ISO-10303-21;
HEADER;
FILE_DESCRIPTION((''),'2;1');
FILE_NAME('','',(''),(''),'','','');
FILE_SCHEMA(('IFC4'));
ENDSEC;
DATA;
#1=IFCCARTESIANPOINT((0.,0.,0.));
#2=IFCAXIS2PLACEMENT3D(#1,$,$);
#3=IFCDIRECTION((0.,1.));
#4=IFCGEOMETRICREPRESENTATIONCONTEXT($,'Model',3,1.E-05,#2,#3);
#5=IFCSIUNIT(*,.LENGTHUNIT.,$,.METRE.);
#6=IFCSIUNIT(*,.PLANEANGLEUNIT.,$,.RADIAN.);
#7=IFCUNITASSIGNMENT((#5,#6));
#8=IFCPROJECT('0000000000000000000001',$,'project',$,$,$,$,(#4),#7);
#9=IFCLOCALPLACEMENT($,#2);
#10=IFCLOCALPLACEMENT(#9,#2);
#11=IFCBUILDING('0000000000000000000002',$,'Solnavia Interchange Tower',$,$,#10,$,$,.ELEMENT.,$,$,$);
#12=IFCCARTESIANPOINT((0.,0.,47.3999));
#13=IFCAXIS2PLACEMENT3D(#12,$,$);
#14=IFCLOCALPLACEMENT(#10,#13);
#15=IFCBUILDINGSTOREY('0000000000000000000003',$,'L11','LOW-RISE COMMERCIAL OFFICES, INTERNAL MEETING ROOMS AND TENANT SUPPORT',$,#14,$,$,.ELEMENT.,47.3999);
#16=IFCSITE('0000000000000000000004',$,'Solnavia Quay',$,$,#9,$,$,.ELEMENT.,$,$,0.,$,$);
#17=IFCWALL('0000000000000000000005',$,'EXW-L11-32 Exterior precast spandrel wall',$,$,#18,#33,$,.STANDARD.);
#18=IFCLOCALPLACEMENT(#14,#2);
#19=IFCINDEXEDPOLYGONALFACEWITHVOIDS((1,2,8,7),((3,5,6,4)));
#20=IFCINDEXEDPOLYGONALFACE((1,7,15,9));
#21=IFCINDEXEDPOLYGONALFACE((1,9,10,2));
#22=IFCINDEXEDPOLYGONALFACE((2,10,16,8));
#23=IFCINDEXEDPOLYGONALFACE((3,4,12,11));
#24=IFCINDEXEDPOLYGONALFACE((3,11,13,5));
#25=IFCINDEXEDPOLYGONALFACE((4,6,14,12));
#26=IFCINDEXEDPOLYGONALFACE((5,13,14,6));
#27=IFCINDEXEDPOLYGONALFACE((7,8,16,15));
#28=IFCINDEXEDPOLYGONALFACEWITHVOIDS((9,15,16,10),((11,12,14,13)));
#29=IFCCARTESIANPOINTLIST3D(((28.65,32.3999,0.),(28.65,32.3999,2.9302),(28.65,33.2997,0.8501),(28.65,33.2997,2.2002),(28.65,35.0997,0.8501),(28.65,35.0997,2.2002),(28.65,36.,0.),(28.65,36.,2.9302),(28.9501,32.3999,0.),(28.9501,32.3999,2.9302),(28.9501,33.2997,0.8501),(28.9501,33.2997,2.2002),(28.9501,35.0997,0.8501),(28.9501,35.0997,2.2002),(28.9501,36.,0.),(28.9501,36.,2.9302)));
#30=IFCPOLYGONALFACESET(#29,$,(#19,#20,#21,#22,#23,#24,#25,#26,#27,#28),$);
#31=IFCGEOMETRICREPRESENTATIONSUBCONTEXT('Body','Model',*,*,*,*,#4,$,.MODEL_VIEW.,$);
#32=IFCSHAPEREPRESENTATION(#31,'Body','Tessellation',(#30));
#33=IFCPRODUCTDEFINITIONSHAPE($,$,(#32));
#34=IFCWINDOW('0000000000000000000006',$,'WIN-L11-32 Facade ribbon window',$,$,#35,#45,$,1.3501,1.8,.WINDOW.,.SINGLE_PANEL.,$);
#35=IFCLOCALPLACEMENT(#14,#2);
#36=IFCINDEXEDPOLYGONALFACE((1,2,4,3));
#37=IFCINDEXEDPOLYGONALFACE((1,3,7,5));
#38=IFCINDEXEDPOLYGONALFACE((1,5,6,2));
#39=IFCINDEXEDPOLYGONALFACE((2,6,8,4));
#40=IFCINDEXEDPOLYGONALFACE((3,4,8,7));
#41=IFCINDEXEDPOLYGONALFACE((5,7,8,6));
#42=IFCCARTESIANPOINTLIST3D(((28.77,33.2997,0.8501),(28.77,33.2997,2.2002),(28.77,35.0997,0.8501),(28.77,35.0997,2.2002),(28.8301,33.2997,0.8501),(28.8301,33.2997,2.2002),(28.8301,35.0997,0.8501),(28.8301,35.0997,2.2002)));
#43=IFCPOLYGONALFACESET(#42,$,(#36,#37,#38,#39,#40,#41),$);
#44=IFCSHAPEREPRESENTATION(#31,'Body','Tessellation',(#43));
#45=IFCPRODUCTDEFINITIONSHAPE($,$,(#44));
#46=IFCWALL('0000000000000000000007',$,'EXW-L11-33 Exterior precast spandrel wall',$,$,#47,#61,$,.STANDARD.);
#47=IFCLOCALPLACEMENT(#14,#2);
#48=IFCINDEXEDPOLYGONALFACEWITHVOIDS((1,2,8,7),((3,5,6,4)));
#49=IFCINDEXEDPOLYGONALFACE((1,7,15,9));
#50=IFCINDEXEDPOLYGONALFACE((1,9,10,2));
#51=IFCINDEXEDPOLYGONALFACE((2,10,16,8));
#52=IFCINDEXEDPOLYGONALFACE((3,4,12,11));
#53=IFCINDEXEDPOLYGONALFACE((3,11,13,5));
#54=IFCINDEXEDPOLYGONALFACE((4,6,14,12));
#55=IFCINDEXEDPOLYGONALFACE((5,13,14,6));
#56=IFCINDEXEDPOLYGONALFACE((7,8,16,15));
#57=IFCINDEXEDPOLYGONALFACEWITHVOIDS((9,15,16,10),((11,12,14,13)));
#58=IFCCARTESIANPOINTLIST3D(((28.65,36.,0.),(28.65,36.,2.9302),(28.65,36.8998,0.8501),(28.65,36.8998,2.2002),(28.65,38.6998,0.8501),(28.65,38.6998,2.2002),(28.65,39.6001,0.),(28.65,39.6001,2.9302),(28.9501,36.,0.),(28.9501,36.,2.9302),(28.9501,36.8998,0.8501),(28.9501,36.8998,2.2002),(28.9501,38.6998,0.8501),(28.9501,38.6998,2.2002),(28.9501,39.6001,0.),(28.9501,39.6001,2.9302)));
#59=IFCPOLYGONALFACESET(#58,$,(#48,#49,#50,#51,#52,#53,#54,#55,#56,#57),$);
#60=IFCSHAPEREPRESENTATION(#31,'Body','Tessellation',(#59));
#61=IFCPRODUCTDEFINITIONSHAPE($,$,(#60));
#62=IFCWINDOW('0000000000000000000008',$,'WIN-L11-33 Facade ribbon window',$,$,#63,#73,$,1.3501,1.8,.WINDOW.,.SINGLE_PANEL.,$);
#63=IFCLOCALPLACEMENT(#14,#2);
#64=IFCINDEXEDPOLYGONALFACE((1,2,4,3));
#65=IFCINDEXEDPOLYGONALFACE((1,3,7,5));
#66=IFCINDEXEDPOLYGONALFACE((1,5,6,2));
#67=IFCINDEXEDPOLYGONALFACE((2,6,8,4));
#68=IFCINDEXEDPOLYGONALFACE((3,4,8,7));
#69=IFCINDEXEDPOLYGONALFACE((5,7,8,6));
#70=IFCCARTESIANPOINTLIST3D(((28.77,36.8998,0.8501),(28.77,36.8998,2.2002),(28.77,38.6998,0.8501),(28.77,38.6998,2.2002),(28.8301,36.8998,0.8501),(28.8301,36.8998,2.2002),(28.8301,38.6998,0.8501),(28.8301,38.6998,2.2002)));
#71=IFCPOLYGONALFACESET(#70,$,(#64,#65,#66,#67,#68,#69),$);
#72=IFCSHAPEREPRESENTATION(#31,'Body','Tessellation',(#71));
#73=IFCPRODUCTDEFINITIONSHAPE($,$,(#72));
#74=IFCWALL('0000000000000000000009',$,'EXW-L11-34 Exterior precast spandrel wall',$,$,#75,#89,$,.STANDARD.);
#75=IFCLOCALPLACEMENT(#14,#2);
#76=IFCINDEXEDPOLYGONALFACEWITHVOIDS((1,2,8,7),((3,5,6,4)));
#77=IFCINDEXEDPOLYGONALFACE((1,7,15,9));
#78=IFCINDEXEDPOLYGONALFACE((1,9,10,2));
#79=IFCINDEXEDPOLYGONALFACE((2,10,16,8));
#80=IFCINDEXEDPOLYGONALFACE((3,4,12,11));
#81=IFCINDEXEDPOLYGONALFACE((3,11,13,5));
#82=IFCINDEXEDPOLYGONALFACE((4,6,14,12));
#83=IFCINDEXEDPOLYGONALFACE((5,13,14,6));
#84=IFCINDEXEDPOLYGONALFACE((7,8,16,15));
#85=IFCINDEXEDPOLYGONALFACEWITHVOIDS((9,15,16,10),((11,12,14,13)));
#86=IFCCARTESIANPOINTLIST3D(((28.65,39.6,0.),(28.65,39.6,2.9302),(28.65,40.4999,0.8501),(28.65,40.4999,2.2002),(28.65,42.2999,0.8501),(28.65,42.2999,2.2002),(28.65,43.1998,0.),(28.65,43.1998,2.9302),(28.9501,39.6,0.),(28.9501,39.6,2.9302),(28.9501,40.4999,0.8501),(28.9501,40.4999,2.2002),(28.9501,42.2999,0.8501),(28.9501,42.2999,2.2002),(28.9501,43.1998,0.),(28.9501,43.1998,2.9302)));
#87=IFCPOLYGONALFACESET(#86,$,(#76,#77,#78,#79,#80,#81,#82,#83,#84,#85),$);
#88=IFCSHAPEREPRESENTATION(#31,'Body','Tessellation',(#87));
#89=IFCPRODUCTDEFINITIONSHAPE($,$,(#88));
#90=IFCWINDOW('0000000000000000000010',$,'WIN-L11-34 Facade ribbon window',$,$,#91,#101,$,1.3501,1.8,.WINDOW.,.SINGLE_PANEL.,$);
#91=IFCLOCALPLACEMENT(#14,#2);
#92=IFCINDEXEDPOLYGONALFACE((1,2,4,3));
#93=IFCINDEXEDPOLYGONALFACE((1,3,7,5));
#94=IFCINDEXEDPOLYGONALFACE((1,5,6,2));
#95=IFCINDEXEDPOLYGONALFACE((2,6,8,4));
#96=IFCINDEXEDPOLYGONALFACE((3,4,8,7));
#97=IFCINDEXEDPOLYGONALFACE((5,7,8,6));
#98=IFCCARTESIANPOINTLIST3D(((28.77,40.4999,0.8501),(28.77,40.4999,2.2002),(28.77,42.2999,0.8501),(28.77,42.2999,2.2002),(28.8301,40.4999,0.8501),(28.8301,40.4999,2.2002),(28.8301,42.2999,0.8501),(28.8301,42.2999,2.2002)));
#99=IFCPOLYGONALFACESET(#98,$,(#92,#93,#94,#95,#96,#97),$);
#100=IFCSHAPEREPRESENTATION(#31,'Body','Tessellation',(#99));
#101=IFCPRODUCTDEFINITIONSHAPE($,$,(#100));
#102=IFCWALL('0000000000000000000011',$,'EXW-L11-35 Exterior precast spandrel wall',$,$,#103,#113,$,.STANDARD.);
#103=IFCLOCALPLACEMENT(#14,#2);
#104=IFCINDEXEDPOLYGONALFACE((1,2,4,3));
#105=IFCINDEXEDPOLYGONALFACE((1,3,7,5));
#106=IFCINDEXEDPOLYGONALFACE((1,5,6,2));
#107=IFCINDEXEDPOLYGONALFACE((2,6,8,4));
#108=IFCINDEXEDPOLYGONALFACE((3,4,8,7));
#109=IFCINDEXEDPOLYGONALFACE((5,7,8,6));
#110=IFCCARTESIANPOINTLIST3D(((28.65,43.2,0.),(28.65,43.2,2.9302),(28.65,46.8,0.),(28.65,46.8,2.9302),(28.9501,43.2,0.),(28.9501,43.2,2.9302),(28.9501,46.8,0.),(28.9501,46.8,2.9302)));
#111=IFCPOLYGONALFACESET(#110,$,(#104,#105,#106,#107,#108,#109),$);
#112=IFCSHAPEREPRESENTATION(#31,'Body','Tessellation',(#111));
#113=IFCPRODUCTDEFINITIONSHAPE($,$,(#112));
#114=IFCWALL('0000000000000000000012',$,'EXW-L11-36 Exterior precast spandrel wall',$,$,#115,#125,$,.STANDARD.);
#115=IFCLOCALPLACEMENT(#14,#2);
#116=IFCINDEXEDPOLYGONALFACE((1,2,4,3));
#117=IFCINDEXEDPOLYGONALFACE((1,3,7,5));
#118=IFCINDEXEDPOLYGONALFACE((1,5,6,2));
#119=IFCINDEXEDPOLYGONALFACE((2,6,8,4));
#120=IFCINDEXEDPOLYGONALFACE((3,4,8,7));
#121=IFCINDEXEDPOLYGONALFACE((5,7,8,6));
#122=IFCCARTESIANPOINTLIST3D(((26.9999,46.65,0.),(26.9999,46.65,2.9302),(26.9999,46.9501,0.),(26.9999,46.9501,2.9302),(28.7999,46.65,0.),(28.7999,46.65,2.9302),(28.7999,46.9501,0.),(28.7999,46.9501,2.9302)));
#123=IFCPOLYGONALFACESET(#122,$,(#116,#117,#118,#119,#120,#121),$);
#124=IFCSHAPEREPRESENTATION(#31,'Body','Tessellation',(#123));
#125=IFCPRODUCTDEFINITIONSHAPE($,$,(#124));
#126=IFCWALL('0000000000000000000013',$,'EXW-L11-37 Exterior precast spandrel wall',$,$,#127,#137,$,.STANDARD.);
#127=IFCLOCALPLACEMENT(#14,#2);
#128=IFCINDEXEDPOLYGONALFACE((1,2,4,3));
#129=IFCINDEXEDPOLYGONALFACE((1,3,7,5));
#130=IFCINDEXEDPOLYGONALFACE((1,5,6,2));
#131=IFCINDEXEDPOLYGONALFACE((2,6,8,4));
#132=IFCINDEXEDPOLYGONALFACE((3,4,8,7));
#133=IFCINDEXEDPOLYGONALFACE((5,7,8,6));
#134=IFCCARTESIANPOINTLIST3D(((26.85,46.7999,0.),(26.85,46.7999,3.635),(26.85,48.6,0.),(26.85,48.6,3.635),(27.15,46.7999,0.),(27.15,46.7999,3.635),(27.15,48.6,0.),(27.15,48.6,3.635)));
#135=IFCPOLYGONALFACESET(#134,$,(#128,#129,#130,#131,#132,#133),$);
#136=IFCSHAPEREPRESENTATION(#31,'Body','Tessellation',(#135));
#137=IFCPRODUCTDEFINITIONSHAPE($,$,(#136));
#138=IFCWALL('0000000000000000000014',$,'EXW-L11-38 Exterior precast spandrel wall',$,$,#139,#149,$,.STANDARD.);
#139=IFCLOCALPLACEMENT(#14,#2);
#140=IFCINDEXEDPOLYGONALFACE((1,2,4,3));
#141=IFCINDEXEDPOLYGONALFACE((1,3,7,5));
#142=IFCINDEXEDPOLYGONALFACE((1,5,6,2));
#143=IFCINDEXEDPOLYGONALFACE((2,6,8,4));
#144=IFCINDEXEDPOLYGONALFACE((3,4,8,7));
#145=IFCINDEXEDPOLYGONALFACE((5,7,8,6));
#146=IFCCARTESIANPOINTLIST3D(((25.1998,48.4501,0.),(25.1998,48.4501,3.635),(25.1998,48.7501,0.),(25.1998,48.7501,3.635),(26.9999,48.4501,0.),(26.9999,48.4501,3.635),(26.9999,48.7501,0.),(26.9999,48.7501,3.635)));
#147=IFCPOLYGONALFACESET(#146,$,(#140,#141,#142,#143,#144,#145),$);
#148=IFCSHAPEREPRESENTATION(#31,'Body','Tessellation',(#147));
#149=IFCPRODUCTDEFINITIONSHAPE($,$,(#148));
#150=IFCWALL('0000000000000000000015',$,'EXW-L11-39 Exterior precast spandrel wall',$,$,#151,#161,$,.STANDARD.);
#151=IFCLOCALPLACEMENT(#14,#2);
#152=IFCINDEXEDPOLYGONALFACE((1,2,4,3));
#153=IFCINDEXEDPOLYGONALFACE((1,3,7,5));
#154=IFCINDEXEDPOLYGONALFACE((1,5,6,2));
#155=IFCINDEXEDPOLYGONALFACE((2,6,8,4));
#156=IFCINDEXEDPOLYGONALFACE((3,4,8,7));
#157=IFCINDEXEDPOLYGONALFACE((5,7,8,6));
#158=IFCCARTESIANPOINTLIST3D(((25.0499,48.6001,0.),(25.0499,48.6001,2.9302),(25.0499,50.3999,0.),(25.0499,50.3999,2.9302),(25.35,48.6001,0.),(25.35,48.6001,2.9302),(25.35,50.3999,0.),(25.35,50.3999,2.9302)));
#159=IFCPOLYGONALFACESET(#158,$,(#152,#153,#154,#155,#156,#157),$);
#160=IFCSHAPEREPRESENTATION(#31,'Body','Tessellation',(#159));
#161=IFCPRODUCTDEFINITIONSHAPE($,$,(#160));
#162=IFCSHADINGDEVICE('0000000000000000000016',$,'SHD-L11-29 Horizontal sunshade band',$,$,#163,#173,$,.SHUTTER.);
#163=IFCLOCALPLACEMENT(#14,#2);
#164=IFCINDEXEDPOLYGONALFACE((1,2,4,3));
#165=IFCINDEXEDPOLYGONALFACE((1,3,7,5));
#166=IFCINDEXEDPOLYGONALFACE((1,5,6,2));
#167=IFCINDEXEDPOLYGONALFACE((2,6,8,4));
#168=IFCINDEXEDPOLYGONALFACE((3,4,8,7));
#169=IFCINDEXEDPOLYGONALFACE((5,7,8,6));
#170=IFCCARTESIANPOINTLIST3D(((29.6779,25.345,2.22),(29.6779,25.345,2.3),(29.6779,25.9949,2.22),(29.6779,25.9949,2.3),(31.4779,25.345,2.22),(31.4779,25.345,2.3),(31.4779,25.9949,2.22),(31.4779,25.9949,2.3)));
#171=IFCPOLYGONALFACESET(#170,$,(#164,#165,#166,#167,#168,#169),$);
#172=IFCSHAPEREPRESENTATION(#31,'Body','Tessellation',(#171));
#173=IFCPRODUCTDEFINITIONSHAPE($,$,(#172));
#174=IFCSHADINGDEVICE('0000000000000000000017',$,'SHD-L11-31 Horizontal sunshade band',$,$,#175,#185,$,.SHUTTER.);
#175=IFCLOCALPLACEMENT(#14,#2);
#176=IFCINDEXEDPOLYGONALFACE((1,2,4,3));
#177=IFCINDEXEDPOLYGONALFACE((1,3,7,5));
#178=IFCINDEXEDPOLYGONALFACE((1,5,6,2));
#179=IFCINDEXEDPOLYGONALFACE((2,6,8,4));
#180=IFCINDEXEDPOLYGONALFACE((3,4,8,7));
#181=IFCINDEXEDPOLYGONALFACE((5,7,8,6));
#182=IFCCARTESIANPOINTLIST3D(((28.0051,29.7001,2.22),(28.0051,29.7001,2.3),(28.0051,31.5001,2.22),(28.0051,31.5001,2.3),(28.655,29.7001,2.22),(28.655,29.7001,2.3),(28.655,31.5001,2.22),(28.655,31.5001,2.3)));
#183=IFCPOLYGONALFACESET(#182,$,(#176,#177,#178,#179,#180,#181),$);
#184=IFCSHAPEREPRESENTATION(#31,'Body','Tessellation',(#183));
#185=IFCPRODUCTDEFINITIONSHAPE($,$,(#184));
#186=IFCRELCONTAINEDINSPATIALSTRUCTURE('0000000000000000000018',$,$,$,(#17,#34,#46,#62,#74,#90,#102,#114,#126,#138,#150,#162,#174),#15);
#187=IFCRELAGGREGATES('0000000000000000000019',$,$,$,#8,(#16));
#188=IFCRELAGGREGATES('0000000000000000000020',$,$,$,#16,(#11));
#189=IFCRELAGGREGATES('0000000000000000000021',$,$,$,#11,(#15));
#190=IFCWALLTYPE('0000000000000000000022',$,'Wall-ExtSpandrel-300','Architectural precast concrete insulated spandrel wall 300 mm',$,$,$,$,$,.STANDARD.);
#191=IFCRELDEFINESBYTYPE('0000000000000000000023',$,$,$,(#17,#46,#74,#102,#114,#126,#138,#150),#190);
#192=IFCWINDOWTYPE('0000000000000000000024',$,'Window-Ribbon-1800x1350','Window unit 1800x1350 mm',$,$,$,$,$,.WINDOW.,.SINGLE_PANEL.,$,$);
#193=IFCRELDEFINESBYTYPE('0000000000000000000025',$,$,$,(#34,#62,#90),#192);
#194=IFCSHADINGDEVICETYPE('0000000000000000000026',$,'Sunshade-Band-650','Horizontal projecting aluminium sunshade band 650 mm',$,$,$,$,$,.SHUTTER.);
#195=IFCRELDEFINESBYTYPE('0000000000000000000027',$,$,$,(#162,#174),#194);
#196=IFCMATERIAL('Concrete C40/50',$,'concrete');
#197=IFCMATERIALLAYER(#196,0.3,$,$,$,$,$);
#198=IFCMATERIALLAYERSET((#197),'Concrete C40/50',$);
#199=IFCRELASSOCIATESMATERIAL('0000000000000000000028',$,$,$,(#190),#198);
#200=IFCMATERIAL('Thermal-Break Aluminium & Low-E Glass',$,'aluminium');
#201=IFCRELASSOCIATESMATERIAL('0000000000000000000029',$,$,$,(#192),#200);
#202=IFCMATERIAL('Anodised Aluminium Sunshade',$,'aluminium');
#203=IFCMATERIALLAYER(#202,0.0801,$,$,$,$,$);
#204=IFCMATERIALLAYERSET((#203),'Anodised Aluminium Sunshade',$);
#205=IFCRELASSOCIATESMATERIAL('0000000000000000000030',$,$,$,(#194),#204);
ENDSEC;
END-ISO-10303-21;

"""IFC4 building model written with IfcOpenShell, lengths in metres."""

from ifc_helpers import new_model, si_unit, direction, frame, frame_2d, origin, origin_2d, place, context, subcontext, project, spatial, rectangle, extrude, material, layer, layer_set, type_object, element, fill, save


model = new_model("IFC4")

# Units and contexts
model_context = context("Model", 3, precision=1e-05, world=origin(), true_north=direction((0.0, 1.0)))
body_context = subcontext(model_context, "Body", "Model", "MODEL_VIEW")
ifc_project = project(units=[si_unit("LENGTHUNIT", "METRE"), si_unit("PLANEANGLEUNIT", "RADIAN")], contexts=[model_context])

# Site, building, storey
site_placement = place(None, origin())
site = spatial("IfcSite", under=ifc_project, at=site_placement, Name="Solnavia Quay", CompositionType="ELEMENT", RefElevation=0.0)
building_placement = place(site_placement, origin())
building = spatial("IfcBuilding", under=site, at=building_placement, Name="Solnavia Interchange Tower", CompositionType="ELEMENT")
storey_placement = place(building_placement, frame((0.0, 0.0, 47.3999)))
storey = spatial("IfcBuildingStorey", under=building, at=storey_placement, Name="L11", Description="LOW-RISE COMMERCIAL OFFICES, INTERNAL MEETING ROOMS AND TENANT SUPPORT", CompositionType="ELEMENT", Elevation=47.3999)

# Walls, openings, windows
ifc_material_1 = material(Name="Concrete C40/50", Category="concrete")
ifc_layer_1 = layer(ifc_material_1, 0.3)
ifc_layer_set_1 = layer_set([ifc_layer_1], Name="Concrete C40/50")
wall_type = type_object("IfcWallType", Name="Wall-ExtSpandrel-300", Description="Architectural precast concrete insulated spandrel wall 300 mm", PredefinedType="STANDARD", material=ifc_layer_set_1)
ifc_material_2 = material(Name="Thermal-Break Aluminium & Low-E Glass", Category="aluminium")
window_type = type_object("IfcWindowType", Name="Window-Ribbon-1800x1350", Description="Window unit 1800x1350 mm", PartitioningType="SINGLE_PANEL", PredefinedType="WINDOW", material=ifc_material_2)
wall_1_placement = place(storey_placement, frame((28.8, 32.3999, 0.0), z_axis=(0.0, 0.0, 1.0), x_axis=(0.0, 1.0, 0.0)))
wall_1 = element("IfcWall", 1, at=wall_1_placement, inside=storey, type_object=wall_type, Name="EXW-L11-32 Exterior precast spandrel wall", PredefinedType="STANDARD", context=body_context, shape_type="SweptSolid", body=[
    extrude(rectangle(XDim=3.6001, YDim=0.3, at=frame_2d((1.8, 0.0))), origin(), (0.0, 0.0, 1.0), 2.9302),
])
opening_1_placement = place(wall_1_placement, frame((0.8999, 0.0, 0.8501)))
opening_1 = element("IfcOpeningElement", 2, at=opening_1_placement, cuts=wall_1, PredefinedType="OPENING", context=body_context, shape_type="SweptSolid", body=[
    extrude(rectangle(XDim=1.8, YDim=1.3501, at=frame_2d((0.8999, 0.675))), frame((0.0, 0.1602, 0.0), z_axis=(0.0, -1.0, 0.0), x_axis=(1.0, 0.0, 0.0)), (0.0, 0.0, 1.0), 0.3201),
])
window_1_placement = place(opening_1_placement, origin())
window_1 = element("IfcWindow", 3, at=window_1_placement, inside=storey, type_object=window_type, Name="WIN-L11-32 Facade ribbon window", OverallHeight=1.3501, OverallWidth=1.8, PartitioningType="SINGLE_PANEL", PredefinedType="WINDOW", context=body_context, shape_type="SweptSolid", body=[
    extrude(rectangle(XDim=1.8, YDim=1.3501, at=frame_2d((0.8999, 0.675))), frame((0.0, 0.03, 0.0), z_axis=(0.0, -1.0, 0.0), x_axis=(1.0, 0.0, 0.0)), (0.0, 0.0, 1.0), 0.0601),
])
fill(opening_1, window_1)
wall_2_placement = place(storey_placement, frame((28.8, 36.0, 0.0), z_axis=(0.0, 0.0, 1.0), x_axis=(0.0, 1.0, 0.0)))
wall_2 = element("IfcWall", 4, at=wall_2_placement, inside=storey, type_object=wall_type, Name="EXW-L11-33 Exterior precast spandrel wall", PredefinedType="STANDARD", context=body_context, shape_type="SweptSolid", body=[
    extrude(rectangle(XDim=3.6001, YDim=0.3, at=frame_2d((1.8, 0.0))), origin(), (0.0, 0.0, 1.0), 2.9302),
])
opening_2_placement = place(wall_2_placement, frame((0.8999, 0.0, 0.8501)))
opening_2 = element("IfcOpeningElement", 5, at=opening_2_placement, cuts=wall_2, PredefinedType="OPENING", context=body_context, shape_type="SweptSolid", body=[
    extrude(rectangle(XDim=1.8, YDim=1.3501, at=frame_2d((0.8999, 0.675))), frame((0.0, 0.1602, 0.0), z_axis=(0.0, -1.0, 0.0), x_axis=(1.0, 0.0, 0.0)), (0.0, 0.0, 1.0), 0.3201),
])
window_2_placement = place(opening_2_placement, origin())
window_2 = element("IfcWindow", 6, at=window_2_placement, inside=storey, type_object=window_type, Name="WIN-L11-33 Facade ribbon window", OverallHeight=1.3501, OverallWidth=1.8, PartitioningType="SINGLE_PANEL", PredefinedType="WINDOW", context=body_context, shape_type="SweptSolid", body=[
    extrude(rectangle(XDim=1.8, YDim=1.3501, at=frame_2d((0.8999, 0.675))), frame((0.0, 0.03, 0.0), z_axis=(0.0, -1.0, 0.0), x_axis=(1.0, 0.0, 0.0)), (0.0, 0.0, 1.0), 0.0601),
])
fill(opening_2, window_2)
wall_3_placement = place(storey_placement, frame((28.8, 39.6001, 0.0), z_axis=(0.0, 0.0, 1.0), x_axis=(0.0, 1.0, 0.0)))
wall_3 = element("IfcWall", 7, at=wall_3_placement, inside=storey, type_object=wall_type, Name="EXW-L11-34 Exterior precast spandrel wall", PredefinedType="STANDARD", context=body_context, shape_type="SweptSolid", body=[
    extrude(rectangle(XDim=3.5999, YDim=0.3, at=frame_2d((1.7998, 0.0))), origin(), (0.0, 0.0, 1.0), 2.9302),
])
opening_3_placement = place(wall_3_placement, frame((0.8999, 0.0, 0.8501)))
opening_3 = element("IfcOpeningElement", 8, at=opening_3_placement, cuts=wall_3, PredefinedType="OPENING", context=body_context, shape_type="SweptSolid", body=[
    extrude(rectangle(XDim=1.8, YDim=1.3501, at=frame_2d((0.8999, 0.675))), frame((0.0, 0.1602, 0.0), z_axis=(0.0, -1.0, 0.0), x_axis=(1.0, 0.0, 0.0)), (0.0, 0.0, 1.0), 0.3201),
])
window_3_placement = place(opening_3_placement, origin())
window_3 = element("IfcWindow", 9, at=window_3_placement, inside=storey, type_object=window_type, Name="WIN-L11-34 Facade ribbon window", OverallHeight=1.3501, OverallWidth=1.8, PartitioningType="SINGLE_PANEL", PredefinedType="WINDOW", context=body_context, shape_type="SweptSolid", body=[
    extrude(rectangle(XDim=1.8, YDim=1.3501, at=frame_2d((0.8999, 0.675))), frame((0.0, 0.03, 0.0), z_axis=(0.0, -1.0, 0.0), x_axis=(1.0, 0.0, 0.0)), (0.0, 0.0, 1.0), 0.0601),
])
fill(opening_3, window_3)

# Walls
wall_4_placement = place(storey_placement, frame((28.8, 43.2, 0.0), z_axis=(0.0, 0.0, 1.0), x_axis=(0.0, 1.0, 0.0)))
element("IfcWall", 10, at=wall_4_placement, inside=storey, type_object=wall_type, Name="EXW-L11-35 Exterior precast spandrel wall", PredefinedType="STANDARD", context=body_context, shape_type="SweptSolid", body=[
    extrude(rectangle(XDim=3.6001, YDim=0.3, at=frame_2d((1.8, 0.0))), origin(), (0.0, 0.0, 1.0), 2.9302),
])
wall_5_placement = place(storey_placement, frame((27.0, 46.8, 0.0), z_axis=(0.0, 0.0, 1.0), x_axis=(1.0, 0.0, 0.0)))
element("IfcWall", 11, at=wall_5_placement, inside=storey, type_object=wall_type, Name="EXW-L11-36 Exterior precast spandrel wall", PredefinedType="STANDARD", context=body_context, shape_type="SweptSolid", body=[
    extrude(rectangle(XDim=1.8, YDim=0.3, at=frame_2d((0.8999, 0.0))), origin(), (0.0, 0.0, 1.0), 2.9302),
])
for number, where, z_axis, x_axis, name in (
    (12, (27.0, 46.8, 0.0), (0.0, 0.0, 1.0), (0.0, 1.0, 0.0), "EXW-L11-37 Exterior precast spandrel wall"),
    (13, (25.2, 48.6001, 0.0), (0.0, 0.0, 1.0), (1.0, 0.0, 0.0), "EXW-L11-38 Exterior precast spandrel wall"),
):
    element("IfcWall", number, at=place(storey_placement, frame(where, z_axis=z_axis, x_axis=x_axis)), inside=storey, type_object=wall_type, Name=name, PredefinedType="STANDARD", context=body_context, shape_type="SweptSolid", body=[
        extrude(rectangle(XDim=1.8, YDim=0.3, at=frame_2d((0.8999, 0.0))), origin(), (0.0, 0.0, 1.0), 3.635),
    ])
wall_6_placement = place(storey_placement, frame((25.2, 48.6001, 0.0), z_axis=(0.0, 0.0, 1.0), x_axis=(0.0, 1.0, 0.0)))
element("IfcWall", 14, at=wall_6_placement, inside=storey, type_object=wall_type, Name="EXW-L11-39 Exterior precast spandrel wall", PredefinedType="STANDARD", context=body_context, shape_type="SweptSolid", body=[
    extrude(rectangle(XDim=1.7998, YDim=0.3, at=frame_2d((0.8999, 0.0))), origin(), (0.0, 0.0, 1.0), 2.9302),
])

# Shading devices
ifc_material_3 = material(Name="Anodised Aluminium Sunshade", Category="aluminium")
ifc_layer_2 = layer(ifc_material_3, 0.0801)
ifc_layer_set_2 = layer_set([ifc_layer_2], Name="Anodised Aluminium Sunshade")
shading_device_type = type_object("IfcShadingDeviceType", Name="Sunshade-Band-650", Description="Horizontal projecting aluminium sunshade band 650 mm", PredefinedType="SHUTTER", material=ifc_layer_set_2)
for number, where, z_axis, x_axis, name in (
    (15, (30.5779, 25.6699, 2.22), (0.0, 0.0, 1.0), (1.0, 0.0, 0.0), "SHD-L11-29 Horizontal sunshade band"),
    (16, (28.3301, 30.6001, 2.22), (0.0, 0.0, 1.0), (0.0, 1.0, 0.0), "SHD-L11-31 Horizontal sunshade band"),
):
    element("IfcShadingDevice", number, at=place(storey_placement, frame(where, z_axis=z_axis, x_axis=x_axis)), inside=storey, type_object=shading_device_type, Name=name, PredefinedType="SHUTTER", context=body_context, shape_type="SweptSolid", body=[
        extrude(rectangle(XDim=1.8, YDim=0.6499, at=origin_2d()), origin(), (0.0, 0.0, 1.0), 0.0801),
    ])

save(model, "model.ifc")
